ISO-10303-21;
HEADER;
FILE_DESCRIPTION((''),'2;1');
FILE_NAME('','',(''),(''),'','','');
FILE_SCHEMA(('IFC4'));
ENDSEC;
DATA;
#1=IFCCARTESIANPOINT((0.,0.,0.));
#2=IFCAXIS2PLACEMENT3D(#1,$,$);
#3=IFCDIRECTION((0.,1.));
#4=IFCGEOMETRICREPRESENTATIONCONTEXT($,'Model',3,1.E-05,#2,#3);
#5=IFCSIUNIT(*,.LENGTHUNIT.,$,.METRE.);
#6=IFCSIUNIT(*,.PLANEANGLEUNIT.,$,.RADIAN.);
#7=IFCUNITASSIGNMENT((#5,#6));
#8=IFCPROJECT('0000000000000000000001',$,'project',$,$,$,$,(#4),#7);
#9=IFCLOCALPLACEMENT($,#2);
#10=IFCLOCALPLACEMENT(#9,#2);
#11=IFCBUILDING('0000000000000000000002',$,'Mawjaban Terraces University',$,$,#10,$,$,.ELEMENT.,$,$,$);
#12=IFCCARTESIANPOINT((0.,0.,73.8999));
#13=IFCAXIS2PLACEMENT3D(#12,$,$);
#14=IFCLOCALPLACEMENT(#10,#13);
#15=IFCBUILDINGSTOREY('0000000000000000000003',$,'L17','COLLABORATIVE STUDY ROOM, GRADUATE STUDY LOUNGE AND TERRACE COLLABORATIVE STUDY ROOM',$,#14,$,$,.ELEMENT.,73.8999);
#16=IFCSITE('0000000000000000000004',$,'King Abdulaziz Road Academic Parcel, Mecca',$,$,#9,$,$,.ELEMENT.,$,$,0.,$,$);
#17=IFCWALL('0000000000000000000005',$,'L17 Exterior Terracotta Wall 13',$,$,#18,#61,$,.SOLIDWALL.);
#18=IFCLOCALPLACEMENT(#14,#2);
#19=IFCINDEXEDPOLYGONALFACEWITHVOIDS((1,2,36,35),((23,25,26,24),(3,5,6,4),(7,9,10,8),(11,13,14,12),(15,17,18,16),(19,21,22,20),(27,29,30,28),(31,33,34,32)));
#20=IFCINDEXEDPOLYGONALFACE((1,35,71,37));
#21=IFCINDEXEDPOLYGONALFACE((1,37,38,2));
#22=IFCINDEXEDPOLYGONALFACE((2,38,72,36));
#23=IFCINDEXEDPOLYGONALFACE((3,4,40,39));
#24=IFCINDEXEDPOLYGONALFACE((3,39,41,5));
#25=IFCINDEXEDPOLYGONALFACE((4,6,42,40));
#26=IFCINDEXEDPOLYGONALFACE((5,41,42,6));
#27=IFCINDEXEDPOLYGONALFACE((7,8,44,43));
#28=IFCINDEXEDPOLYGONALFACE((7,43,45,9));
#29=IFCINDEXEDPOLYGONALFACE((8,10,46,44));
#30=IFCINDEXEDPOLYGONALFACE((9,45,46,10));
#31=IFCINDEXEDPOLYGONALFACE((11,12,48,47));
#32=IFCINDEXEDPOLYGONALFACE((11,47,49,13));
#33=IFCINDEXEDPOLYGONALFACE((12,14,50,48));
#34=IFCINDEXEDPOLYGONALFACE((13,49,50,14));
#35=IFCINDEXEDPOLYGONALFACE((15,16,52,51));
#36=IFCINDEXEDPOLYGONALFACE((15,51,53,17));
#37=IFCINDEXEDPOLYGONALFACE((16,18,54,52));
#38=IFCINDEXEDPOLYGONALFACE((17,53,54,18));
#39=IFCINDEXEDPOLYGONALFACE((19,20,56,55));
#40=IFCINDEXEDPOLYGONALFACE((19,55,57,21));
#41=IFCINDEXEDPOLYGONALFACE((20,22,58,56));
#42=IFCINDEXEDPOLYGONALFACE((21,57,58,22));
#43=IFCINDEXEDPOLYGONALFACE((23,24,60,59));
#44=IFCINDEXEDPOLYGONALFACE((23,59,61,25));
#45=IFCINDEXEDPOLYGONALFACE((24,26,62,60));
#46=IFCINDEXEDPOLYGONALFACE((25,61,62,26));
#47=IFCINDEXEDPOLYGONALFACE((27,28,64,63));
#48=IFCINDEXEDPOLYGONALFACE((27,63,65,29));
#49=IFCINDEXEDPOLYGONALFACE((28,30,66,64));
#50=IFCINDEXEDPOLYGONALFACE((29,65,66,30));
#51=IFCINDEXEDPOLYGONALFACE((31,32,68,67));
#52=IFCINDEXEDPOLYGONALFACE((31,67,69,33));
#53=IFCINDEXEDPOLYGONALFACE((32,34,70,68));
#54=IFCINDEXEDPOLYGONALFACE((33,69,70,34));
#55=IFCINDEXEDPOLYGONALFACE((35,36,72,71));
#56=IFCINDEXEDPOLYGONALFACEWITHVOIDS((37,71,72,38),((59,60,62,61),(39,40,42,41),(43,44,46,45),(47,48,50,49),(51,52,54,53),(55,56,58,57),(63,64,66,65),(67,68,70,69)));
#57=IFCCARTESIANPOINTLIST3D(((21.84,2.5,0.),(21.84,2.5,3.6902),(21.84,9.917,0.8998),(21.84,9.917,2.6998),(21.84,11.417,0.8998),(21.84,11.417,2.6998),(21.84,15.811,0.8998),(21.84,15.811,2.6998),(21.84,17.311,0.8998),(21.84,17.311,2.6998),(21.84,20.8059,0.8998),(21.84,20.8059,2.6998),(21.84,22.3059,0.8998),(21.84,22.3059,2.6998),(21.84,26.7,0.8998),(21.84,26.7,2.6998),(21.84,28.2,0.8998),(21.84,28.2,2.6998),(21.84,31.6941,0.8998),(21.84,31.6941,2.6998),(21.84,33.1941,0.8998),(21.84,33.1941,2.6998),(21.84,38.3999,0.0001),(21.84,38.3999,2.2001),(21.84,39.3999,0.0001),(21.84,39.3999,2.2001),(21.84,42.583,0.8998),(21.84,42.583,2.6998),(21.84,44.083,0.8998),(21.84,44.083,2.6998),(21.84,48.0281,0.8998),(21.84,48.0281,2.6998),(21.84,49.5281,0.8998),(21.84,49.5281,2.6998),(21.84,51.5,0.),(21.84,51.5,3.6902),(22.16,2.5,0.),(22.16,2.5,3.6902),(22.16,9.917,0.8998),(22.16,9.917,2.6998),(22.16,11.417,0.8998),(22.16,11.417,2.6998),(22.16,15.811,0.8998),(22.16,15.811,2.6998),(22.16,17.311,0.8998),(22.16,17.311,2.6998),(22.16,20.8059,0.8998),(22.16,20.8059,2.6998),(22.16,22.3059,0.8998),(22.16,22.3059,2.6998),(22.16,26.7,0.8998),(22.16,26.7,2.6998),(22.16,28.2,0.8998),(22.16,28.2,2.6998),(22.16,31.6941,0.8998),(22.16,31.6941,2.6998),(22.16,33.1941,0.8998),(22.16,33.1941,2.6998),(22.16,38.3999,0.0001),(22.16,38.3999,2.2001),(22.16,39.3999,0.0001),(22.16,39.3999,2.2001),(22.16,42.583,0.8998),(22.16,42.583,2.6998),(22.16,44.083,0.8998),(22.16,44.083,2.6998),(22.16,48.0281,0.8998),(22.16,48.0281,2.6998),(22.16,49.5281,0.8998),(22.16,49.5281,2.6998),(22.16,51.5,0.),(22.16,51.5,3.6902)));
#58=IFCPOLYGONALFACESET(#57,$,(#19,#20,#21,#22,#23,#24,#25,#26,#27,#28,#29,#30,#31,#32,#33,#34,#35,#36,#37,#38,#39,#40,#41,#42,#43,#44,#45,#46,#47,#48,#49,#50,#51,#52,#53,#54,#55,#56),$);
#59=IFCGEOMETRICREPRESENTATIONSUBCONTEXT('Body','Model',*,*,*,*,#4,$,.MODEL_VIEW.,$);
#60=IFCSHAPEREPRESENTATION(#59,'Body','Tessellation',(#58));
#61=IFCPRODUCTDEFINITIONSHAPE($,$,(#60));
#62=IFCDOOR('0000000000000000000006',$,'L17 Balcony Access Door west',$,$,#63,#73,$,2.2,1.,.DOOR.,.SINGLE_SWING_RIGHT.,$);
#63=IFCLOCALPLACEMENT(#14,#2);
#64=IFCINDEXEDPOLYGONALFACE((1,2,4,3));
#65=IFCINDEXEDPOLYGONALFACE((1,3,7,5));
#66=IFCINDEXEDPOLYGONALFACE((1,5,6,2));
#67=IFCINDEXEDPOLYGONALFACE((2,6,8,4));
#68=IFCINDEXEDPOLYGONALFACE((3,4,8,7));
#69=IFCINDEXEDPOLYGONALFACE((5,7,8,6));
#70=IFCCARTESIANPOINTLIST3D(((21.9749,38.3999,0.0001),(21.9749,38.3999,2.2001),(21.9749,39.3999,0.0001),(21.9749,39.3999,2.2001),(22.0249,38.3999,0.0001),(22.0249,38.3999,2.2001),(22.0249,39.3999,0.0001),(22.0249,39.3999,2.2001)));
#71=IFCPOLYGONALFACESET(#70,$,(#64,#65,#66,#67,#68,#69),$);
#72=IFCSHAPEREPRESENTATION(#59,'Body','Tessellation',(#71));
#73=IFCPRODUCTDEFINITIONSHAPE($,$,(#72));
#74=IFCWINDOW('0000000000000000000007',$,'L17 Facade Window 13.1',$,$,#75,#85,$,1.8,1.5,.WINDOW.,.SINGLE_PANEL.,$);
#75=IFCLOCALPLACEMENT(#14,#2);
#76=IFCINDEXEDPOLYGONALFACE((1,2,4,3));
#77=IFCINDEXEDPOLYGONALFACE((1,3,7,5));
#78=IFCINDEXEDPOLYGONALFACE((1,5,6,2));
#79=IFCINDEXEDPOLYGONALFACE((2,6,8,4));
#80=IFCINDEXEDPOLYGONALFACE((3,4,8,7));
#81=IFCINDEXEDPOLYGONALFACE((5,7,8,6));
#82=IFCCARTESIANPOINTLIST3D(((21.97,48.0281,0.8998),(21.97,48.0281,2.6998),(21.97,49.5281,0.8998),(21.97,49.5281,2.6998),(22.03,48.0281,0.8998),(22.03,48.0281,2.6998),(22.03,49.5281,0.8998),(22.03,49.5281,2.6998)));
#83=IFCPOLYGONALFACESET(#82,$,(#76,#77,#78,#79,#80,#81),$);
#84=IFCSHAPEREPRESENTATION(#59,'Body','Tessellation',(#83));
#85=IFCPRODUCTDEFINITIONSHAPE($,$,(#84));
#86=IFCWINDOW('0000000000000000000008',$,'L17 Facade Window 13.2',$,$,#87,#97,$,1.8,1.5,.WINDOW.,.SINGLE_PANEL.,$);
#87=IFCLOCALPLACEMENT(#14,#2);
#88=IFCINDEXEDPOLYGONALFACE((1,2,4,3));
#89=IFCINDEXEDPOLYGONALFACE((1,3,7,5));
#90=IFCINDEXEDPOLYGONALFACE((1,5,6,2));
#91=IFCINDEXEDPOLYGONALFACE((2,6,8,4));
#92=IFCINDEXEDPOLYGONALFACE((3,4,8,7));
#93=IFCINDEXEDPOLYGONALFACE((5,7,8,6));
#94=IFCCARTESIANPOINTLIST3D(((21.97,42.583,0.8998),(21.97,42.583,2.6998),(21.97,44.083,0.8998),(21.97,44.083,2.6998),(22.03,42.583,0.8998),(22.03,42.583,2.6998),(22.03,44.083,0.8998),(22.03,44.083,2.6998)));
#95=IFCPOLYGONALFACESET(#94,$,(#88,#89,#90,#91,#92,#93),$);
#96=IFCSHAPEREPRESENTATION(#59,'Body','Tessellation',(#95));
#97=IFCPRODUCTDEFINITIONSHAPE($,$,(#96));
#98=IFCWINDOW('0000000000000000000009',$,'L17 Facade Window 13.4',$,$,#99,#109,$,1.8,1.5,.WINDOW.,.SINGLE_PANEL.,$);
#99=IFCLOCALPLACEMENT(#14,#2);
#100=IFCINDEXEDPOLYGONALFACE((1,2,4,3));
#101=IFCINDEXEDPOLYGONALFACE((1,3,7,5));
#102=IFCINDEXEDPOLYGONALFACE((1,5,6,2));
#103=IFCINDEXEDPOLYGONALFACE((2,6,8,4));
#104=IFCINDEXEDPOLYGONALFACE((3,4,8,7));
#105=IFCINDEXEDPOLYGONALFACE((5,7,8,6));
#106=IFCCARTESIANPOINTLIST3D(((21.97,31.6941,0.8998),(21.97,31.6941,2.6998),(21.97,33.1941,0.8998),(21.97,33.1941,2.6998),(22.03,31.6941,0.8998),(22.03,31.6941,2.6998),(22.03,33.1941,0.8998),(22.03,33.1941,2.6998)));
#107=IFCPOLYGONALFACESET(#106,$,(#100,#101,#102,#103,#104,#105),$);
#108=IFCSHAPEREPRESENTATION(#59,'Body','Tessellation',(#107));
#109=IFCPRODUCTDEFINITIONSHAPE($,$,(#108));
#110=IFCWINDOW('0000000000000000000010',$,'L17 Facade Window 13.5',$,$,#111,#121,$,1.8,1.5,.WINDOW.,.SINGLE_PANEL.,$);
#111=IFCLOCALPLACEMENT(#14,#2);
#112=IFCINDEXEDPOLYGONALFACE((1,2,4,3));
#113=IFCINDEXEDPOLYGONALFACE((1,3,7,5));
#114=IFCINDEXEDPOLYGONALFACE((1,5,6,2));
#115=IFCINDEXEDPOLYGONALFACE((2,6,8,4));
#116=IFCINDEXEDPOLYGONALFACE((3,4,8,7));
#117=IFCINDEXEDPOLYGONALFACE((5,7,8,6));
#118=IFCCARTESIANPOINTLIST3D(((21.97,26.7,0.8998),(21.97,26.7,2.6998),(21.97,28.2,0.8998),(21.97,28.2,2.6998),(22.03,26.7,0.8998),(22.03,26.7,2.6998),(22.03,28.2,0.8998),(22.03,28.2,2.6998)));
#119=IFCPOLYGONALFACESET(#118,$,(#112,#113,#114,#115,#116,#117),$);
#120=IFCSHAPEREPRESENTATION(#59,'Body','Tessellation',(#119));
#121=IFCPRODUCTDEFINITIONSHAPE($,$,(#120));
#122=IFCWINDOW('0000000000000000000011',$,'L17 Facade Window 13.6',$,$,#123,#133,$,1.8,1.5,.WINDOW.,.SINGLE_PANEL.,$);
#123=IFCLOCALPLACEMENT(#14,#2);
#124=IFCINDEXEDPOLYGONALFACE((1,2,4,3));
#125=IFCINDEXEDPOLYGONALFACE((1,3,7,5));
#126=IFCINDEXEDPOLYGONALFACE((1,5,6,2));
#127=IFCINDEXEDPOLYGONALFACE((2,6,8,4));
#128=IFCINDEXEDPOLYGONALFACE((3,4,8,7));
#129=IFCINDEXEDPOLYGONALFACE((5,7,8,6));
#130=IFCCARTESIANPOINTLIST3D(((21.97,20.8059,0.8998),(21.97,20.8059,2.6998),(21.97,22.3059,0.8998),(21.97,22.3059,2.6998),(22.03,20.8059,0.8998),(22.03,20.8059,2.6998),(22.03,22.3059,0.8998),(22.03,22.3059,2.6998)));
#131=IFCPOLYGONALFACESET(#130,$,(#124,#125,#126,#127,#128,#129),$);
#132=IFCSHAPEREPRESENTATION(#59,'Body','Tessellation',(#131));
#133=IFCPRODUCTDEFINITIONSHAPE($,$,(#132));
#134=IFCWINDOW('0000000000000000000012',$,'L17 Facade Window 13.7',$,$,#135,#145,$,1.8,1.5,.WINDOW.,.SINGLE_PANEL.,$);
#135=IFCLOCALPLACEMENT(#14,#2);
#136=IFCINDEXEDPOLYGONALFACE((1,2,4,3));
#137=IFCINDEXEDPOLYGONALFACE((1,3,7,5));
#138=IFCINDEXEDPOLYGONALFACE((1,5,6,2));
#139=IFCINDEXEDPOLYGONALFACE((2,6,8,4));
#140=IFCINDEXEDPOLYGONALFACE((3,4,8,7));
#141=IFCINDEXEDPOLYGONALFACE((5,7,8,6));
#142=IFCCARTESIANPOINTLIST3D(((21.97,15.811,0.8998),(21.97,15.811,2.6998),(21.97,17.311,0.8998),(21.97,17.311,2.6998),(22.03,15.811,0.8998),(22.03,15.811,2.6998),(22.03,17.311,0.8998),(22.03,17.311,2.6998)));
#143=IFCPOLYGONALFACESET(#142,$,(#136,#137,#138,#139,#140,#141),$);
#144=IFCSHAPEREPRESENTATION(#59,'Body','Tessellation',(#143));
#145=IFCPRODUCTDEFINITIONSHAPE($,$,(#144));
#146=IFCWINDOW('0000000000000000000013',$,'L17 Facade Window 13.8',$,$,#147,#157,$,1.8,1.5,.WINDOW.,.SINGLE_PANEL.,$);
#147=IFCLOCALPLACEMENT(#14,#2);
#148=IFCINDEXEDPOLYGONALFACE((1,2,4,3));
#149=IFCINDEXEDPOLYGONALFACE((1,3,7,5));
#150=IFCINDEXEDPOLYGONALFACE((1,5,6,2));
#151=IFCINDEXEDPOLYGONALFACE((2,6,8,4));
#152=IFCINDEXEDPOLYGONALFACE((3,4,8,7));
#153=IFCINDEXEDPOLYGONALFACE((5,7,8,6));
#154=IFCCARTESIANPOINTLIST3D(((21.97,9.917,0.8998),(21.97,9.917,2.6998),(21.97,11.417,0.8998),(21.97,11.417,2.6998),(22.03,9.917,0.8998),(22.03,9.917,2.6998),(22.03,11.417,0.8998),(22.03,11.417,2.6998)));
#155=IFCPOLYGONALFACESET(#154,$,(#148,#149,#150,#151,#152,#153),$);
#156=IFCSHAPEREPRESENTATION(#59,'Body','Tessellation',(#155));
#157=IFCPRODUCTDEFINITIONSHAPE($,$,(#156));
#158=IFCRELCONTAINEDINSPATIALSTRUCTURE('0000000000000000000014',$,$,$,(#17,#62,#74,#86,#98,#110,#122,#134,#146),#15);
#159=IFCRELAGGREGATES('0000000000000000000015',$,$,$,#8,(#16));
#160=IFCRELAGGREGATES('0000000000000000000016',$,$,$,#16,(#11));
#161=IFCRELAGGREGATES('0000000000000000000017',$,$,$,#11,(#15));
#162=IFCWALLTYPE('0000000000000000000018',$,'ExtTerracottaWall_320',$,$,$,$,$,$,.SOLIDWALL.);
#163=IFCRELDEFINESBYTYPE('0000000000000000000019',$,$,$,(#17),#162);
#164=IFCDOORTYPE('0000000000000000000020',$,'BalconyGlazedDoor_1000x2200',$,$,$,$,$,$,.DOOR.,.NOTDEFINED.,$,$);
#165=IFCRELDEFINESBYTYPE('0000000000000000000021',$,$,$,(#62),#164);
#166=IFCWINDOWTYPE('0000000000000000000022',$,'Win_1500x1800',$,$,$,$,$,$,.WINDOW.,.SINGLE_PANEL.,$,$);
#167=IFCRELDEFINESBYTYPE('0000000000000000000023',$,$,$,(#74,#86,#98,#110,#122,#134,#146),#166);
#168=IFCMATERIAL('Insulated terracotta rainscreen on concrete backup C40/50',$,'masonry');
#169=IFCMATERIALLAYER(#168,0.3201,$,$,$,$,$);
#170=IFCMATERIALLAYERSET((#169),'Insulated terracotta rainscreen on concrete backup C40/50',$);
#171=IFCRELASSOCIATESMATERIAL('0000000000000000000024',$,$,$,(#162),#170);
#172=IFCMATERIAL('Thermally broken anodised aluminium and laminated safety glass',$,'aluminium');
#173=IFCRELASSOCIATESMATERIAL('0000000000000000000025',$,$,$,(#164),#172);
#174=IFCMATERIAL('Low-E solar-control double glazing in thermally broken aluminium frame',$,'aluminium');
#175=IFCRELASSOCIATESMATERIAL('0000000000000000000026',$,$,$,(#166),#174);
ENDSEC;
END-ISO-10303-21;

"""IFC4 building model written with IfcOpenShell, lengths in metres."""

from ifc_helpers import new_model, si_unit, direction, frame, frame_2d, origin, place, context, subcontext, project, spatial, rectangle, extrude, material, layer, layer_set, type_object, element, fill, save


model = new_model("IFC4")

# Units and contexts
model_context = context("Model", 3, precision=1e-05, world=origin(), true_north=direction((0.0, 1.0)))
body_context = subcontext(model_context, "Body", "Model", "MODEL_VIEW")
ifc_project = project(units=[si_unit("LENGTHUNIT", "METRE"), si_unit("PLANEANGLEUNIT", "RADIAN")], contexts=[model_context])

# Site, building, storey
site_placement = place(None, origin())
site = spatial("IfcSite", under=ifc_project, at=site_placement, Name="King Abdulaziz Road Academic Parcel, Mecca", CompositionType="ELEMENT", RefElevation=0.0)
building_placement = place(site_placement, origin())
building = spatial("IfcBuilding", under=site, at=building_placement, Name="Mawjaban Terraces University", CompositionType="ELEMENT")
storey_placement = place(building_placement, frame((0.0, 0.0, 73.8999)))
storey = spatial("IfcBuildingStorey", under=building, at=storey_placement, Name="L17", Description="COLLABORATIVE STUDY ROOM, GRADUATE STUDY LOUNGE AND TERRACE COLLABORATIVE STUDY ROOM", CompositionType="ELEMENT", Elevation=73.8999)

# Shared definitions
ifc_material_1 = material(Name="Insulated terracotta rainscreen on concrete backup C40/50", Category="masonry")
ifc_layer_1 = layer(ifc_material_1, 0.3201)
ifc_layer_set_1 = layer_set([ifc_layer_1], Name="Insulated terracotta rainscreen on concrete backup C40/50")
wall_type_1 = type_object("IfcWallType", Name="ExtTerracottaWall_320", PredefinedType="SOLIDWALL", material=ifc_layer_set_1)
ifc_material_2 = material(Name="Low-E solar-control double glazing in thermally broken aluminium frame", Category="aluminium")

# Wall, openings, door, windows
wall_1_placement = place(storey_placement, frame((22.0, 51.5, 0.0), z_axis=(0.0, 0.0, 1.0), x_axis=(0.0, -1.0, 0.0)))
wall_1 = element("IfcWall", 1, at=wall_1_placement, inside=storey, type_object=wall_type_1, Name="L17 Exterior Terracotta Wall 13", PredefinedType="SOLIDWALL", context=body_context, shape_type="SweptSolid", body=[
    extrude(rectangle(XDim=49.0, YDim=0.3201, at=frame_2d((24.5, 0.0))), origin(), (0.0, 0.0, 1.0), 3.6902),
])
opening_1_placement = place(wall_1_placement, frame((12.1001, 0.0, 0.0)))
opening_1 = element("IfcOpeningElement", 2, at=opening_1_placement, cuts=wall_1, PredefinedType="OPENING", context=body_context, shape_type="SweptSolid", body=[
    extrude(rectangle(XDim=1.0, YDim=2.2, at=frame_2d((0.5, 1.1001))), frame((0.0, 0.1699, 0.0), z_axis=(0.0, -1.0, 0.0), x_axis=(1.0, 0.0, 0.0)), (0.0, 0.0, 1.0), 0.3401),
])
opening_2_placement = place(wall_1_placement, frame((1.9719, 0.0, 0.8999)))
opening_2 = element("IfcOpeningElement", 3, at=opening_2_placement, cuts=wall_1, PredefinedType="OPENING", context=body_context, shape_type="SweptSolid", body=[
    extrude(rectangle(XDim=1.5, YDim=1.8, at=frame_2d((0.75, 0.8999))), frame((0.0, 0.1699, 0.0), z_axis=(0.0, -1.0, 0.0), x_axis=(1.0, 0.0, 0.0)), (0.0, 0.0, 1.0), 0.3401),
])
opening_3_placement = place(wall_1_placement, frame((7.417, 0.0, 0.8999)))
opening_3 = element("IfcOpeningElement", 4, at=opening_3_placement, cuts=wall_1, PredefinedType="OPENING", context=body_context, shape_type="SweptSolid", body=[
    extrude(rectangle(XDim=1.5, YDim=1.8, at=frame_2d((0.75, 0.8999))), frame((0.0, 0.1699, 0.0), z_axis=(0.0, -1.0, 0.0), x_axis=(1.0, 0.0, 0.0)), (0.0, 0.0, 1.0), 0.3401),
])
opening_4_placement = place(wall_1_placement, frame((18.3059, 0.0, 0.8999)))
opening_4 = element("IfcOpeningElement", 5, at=opening_4_placement, cuts=wall_1, PredefinedType="OPENING", context=body_context, shape_type="SweptSolid", body=[
    extrude(rectangle(XDim=1.5, YDim=1.8, at=frame_2d((0.75, 0.8999))), frame((0.0, 0.1699, 0.0), z_axis=(0.0, -1.0, 0.0), x_axis=(1.0, 0.0, 0.0)), (0.0, 0.0, 1.0), 0.3401),
])
opening_5_placement = place(wall_1_placement, frame((23.3, 0.0, 0.8999)))
opening_5 = element("IfcOpeningElement", 6, at=opening_5_placement, cuts=wall_1, PredefinedType="OPENING", context=body_context, shape_type="SweptSolid", body=[
    extrude(rectangle(XDim=1.5, YDim=1.8, at=frame_2d((0.75, 0.8999))), frame((0.0, 0.1699, 0.0), z_axis=(0.0, -1.0, 0.0), x_axis=(1.0, 0.0, 0.0)), (0.0, 0.0, 1.0), 0.3401),
])
opening_6_placement = place(wall_1_placement, frame((29.1941, 0.0, 0.8999)))
opening_6 = element("IfcOpeningElement", 7, at=opening_6_placement, cuts=wall_1, PredefinedType="OPENING", context=body_context, shape_type="SweptSolid", body=[
    extrude(rectangle(XDim=1.5, YDim=1.8, at=frame_2d((0.75, 0.8999))), frame((0.0, 0.1699, 0.0), z_axis=(0.0, -1.0, 0.0), x_axis=(1.0, 0.0, 0.0)), (0.0, 0.0, 1.0), 0.3401),
])
opening_7_placement = place(wall_1_placement, frame((34.189, 0.0, 0.8999)))
opening_7 = element("IfcOpeningElement", 8, at=opening_7_placement, cuts=wall_1, PredefinedType="OPENING", context=body_context, shape_type="SweptSolid", body=[
    extrude(rectangle(XDim=1.5, YDim=1.8, at=frame_2d((0.75, 0.8999))), frame((0.0, 0.1699, 0.0), z_axis=(0.0, -1.0, 0.0), x_axis=(1.0, 0.0, 0.0)), (0.0, 0.0, 1.0), 0.3401),
])
opening_8_placement = place(wall_1_placement, frame((40.083, 0.0, 0.8999)))
opening_8 = element("IfcOpeningElement", 9, at=opening_8_placement, cuts=wall_1, PredefinedType="OPENING", context=body_context, shape_type="SweptSolid", body=[
    extrude(rectangle(XDim=1.5, YDim=1.8, at=frame_2d((0.75, 0.8999))), frame((0.0, 0.1699, 0.0), z_axis=(0.0, -1.0, 0.0), x_axis=(1.0, 0.0, 0.0)), (0.0, 0.0, 1.0), 0.3401),
])
ifc_material_3 = material(Name="Thermally broken anodised aluminium and laminated safety glass", Category="aluminium")
door_type_1 = type_object("IfcDoorType", Name="BalconyGlazedDoor_1000x2200", OperationType="NOTDEFINED", PredefinedType="DOOR", material=ifc_material_3)
door_1_placement = place(opening_1_placement, origin())
door_1 = element("IfcDoor", 10, at=door_1_placement, inside=storey, type_object=door_type_1, Name="L17 Balcony Access Door west", OperationType="SINGLE_SWING_RIGHT", OverallHeight=2.2, OverallWidth=1.0, PredefinedType="DOOR", context=body_context, shape_type="SweptSolid", body=[
    extrude(rectangle(XDim=1.0, YDim=2.2, at=frame_2d((0.5, 1.1001))), frame((0.0, 0.0249, 0.0), z_axis=(0.0, -1.0, 0.0), x_axis=(1.0, 0.0, 0.0)), (0.0, 0.0, 1.0), 0.05),
])
fill(opening_1, door_1)
window_type_1 = type_object("IfcWindowType", Name="Win_1500x1800", PartitioningType="SINGLE_PANEL", PredefinedType="WINDOW", material=ifc_material_2)
window_1_placement = place(opening_2_placement, origin())
window_1 = element("IfcWindow", 11, at=window_1_placement, inside=storey, type_object=window_type_1, Name="L17 Facade Window 13.1", OverallHeight=1.8, OverallWidth=1.5, PartitioningType="SINGLE_PANEL", PredefinedType="WINDOW", context=body_context, shape_type="SweptSolid", body=[
    extrude(rectangle(XDim=1.5, YDim=1.8, at=frame_2d((0.75, 0.8999))), frame((0.0, 0.03, 0.0), z_axis=(0.0, -1.0, 0.0), x_axis=(1.0, 0.0, 0.0)), (0.0, 0.0, 1.0), 0.0601),
])
fill(opening_2, window_1)
window_2_placement = place(opening_3_placement, origin())
window_2 = element("IfcWindow", 12, at=window_2_placement, inside=storey, type_object=window_type_1, Name="L17 Facade Window 13.2", OverallHeight=1.8, OverallWidth=1.5, PartitioningType="SINGLE_PANEL", PredefinedType="WINDOW", context=body_context, shape_type="SweptSolid", body=[
    extrude(rectangle(XDim=1.5, YDim=1.8, at=frame_2d((0.75, 0.8999))), frame((0.0, 0.03, 0.0), z_axis=(0.0, -1.0, 0.0), x_axis=(1.0, 0.0, 0.0)), (0.0, 0.0, 1.0), 0.0601),
])
fill(opening_3, window_2)
window_3_placement = place(opening_4_placement, origin())
window_3 = element("IfcWindow", 13, at=window_3_placement, inside=storey, type_object=window_type_1, Name="L17 Facade Window 13.4", OverallHeight=1.8, OverallWidth=1.5, PartitioningType="SINGLE_PANEL", PredefinedType="WINDOW", context=body_context, shape_type="SweptSolid", body=[
    extrude(rectangle(XDim=1.5, YDim=1.8, at=frame_2d((0.75, 0.8999))), frame((0.0, 0.03, 0.0), z_axis=(0.0, -1.0, 0.0), x_axis=(1.0, 0.0, 0.0)), (0.0, 0.0, 1.0), 0.0601),
])
fill(opening_4, window_3)
window_4_placement = place(opening_5_placement, origin())
window_4 = element("IfcWindow", 14, at=window_4_placement, inside=storey, type_object=window_type_1, Name="L17 Facade Window 13.5", OverallHeight=1.8, OverallWidth=1.5, PartitioningType="SINGLE_PANEL", PredefinedType="WINDOW", context=body_context, shape_type="SweptSolid", body=[
    extrude(rectangle(XDim=1.5, YDim=1.8, at=frame_2d((0.75, 0.8999))), frame((0.0, 0.03, 0.0), z_axis=(0.0, -1.0, 0.0), x_axis=(1.0, 0.0, 0.0)), (0.0, 0.0, 1.0), 0.0601),
])
fill(opening_5, window_4)
window_5_placement = place(opening_6_placement, origin())
window_5 = element("IfcWindow", 15, at=window_5_placement, inside=storey, type_object=window_type_1, Name="L17 Facade Window 13.6", OverallHeight=1.8, OverallWidth=1.5, PartitioningType="SINGLE_PANEL", PredefinedType="WINDOW", context=body_context, shape_type="SweptSolid", body=[
    extrude(rectangle(XDim=1.5, YDim=1.8, at=frame_2d((0.75, 0.8999))), frame((0.0, 0.03, 0.0), z_axis=(0.0, -1.0, 0.0), x_axis=(1.0, 0.0, 0.0)), (0.0, 0.0, 1.0), 0.0601),
])
fill(opening_6, window_5)
window_6_placement = place(opening_7_placement, origin())
window_6 = element("IfcWindow", 16, at=window_6_placement, inside=storey, type_object=window_type_1, Name="L17 Facade Window 13.7", OverallHeight=1.8, OverallWidth=1.5, PartitioningType="SINGLE_PANEL", PredefinedType="WINDOW", context=body_context, shape_type="SweptSolid", body=[
    extrude(rectangle(XDim=1.5, YDim=1.8, at=frame_2d((0.75, 0.8999))), frame((0.0, 0.03, 0.0), z_axis=(0.0, -1.0, 0.0), x_axis=(1.0, 0.0, 0.0)), (0.0, 0.0, 1.0), 0.0601),
])
fill(opening_7, window_6)
window_7_placement = place(opening_8_placement, origin())
window_7 = element("IfcWindow", 17, at=window_7_placement, inside=storey, type_object=window_type_1, Name="L17 Facade Window 13.8", OverallHeight=1.8, OverallWidth=1.5, PartitioningType="SINGLE_PANEL", PredefinedType="WINDOW", context=body_context, shape_type="SweptSolid", body=[
    extrude(rectangle(XDim=1.5, YDim=1.8, at=frame_2d((0.75, 0.8999))), frame((0.0, 0.03, 0.0), z_axis=(0.0, -1.0, 0.0), x_axis=(1.0, 0.0, 0.0)), (0.0, 0.0, 1.0), 0.0601),
])
fill(opening_8, window_7)

save(model, "model.ifc")
